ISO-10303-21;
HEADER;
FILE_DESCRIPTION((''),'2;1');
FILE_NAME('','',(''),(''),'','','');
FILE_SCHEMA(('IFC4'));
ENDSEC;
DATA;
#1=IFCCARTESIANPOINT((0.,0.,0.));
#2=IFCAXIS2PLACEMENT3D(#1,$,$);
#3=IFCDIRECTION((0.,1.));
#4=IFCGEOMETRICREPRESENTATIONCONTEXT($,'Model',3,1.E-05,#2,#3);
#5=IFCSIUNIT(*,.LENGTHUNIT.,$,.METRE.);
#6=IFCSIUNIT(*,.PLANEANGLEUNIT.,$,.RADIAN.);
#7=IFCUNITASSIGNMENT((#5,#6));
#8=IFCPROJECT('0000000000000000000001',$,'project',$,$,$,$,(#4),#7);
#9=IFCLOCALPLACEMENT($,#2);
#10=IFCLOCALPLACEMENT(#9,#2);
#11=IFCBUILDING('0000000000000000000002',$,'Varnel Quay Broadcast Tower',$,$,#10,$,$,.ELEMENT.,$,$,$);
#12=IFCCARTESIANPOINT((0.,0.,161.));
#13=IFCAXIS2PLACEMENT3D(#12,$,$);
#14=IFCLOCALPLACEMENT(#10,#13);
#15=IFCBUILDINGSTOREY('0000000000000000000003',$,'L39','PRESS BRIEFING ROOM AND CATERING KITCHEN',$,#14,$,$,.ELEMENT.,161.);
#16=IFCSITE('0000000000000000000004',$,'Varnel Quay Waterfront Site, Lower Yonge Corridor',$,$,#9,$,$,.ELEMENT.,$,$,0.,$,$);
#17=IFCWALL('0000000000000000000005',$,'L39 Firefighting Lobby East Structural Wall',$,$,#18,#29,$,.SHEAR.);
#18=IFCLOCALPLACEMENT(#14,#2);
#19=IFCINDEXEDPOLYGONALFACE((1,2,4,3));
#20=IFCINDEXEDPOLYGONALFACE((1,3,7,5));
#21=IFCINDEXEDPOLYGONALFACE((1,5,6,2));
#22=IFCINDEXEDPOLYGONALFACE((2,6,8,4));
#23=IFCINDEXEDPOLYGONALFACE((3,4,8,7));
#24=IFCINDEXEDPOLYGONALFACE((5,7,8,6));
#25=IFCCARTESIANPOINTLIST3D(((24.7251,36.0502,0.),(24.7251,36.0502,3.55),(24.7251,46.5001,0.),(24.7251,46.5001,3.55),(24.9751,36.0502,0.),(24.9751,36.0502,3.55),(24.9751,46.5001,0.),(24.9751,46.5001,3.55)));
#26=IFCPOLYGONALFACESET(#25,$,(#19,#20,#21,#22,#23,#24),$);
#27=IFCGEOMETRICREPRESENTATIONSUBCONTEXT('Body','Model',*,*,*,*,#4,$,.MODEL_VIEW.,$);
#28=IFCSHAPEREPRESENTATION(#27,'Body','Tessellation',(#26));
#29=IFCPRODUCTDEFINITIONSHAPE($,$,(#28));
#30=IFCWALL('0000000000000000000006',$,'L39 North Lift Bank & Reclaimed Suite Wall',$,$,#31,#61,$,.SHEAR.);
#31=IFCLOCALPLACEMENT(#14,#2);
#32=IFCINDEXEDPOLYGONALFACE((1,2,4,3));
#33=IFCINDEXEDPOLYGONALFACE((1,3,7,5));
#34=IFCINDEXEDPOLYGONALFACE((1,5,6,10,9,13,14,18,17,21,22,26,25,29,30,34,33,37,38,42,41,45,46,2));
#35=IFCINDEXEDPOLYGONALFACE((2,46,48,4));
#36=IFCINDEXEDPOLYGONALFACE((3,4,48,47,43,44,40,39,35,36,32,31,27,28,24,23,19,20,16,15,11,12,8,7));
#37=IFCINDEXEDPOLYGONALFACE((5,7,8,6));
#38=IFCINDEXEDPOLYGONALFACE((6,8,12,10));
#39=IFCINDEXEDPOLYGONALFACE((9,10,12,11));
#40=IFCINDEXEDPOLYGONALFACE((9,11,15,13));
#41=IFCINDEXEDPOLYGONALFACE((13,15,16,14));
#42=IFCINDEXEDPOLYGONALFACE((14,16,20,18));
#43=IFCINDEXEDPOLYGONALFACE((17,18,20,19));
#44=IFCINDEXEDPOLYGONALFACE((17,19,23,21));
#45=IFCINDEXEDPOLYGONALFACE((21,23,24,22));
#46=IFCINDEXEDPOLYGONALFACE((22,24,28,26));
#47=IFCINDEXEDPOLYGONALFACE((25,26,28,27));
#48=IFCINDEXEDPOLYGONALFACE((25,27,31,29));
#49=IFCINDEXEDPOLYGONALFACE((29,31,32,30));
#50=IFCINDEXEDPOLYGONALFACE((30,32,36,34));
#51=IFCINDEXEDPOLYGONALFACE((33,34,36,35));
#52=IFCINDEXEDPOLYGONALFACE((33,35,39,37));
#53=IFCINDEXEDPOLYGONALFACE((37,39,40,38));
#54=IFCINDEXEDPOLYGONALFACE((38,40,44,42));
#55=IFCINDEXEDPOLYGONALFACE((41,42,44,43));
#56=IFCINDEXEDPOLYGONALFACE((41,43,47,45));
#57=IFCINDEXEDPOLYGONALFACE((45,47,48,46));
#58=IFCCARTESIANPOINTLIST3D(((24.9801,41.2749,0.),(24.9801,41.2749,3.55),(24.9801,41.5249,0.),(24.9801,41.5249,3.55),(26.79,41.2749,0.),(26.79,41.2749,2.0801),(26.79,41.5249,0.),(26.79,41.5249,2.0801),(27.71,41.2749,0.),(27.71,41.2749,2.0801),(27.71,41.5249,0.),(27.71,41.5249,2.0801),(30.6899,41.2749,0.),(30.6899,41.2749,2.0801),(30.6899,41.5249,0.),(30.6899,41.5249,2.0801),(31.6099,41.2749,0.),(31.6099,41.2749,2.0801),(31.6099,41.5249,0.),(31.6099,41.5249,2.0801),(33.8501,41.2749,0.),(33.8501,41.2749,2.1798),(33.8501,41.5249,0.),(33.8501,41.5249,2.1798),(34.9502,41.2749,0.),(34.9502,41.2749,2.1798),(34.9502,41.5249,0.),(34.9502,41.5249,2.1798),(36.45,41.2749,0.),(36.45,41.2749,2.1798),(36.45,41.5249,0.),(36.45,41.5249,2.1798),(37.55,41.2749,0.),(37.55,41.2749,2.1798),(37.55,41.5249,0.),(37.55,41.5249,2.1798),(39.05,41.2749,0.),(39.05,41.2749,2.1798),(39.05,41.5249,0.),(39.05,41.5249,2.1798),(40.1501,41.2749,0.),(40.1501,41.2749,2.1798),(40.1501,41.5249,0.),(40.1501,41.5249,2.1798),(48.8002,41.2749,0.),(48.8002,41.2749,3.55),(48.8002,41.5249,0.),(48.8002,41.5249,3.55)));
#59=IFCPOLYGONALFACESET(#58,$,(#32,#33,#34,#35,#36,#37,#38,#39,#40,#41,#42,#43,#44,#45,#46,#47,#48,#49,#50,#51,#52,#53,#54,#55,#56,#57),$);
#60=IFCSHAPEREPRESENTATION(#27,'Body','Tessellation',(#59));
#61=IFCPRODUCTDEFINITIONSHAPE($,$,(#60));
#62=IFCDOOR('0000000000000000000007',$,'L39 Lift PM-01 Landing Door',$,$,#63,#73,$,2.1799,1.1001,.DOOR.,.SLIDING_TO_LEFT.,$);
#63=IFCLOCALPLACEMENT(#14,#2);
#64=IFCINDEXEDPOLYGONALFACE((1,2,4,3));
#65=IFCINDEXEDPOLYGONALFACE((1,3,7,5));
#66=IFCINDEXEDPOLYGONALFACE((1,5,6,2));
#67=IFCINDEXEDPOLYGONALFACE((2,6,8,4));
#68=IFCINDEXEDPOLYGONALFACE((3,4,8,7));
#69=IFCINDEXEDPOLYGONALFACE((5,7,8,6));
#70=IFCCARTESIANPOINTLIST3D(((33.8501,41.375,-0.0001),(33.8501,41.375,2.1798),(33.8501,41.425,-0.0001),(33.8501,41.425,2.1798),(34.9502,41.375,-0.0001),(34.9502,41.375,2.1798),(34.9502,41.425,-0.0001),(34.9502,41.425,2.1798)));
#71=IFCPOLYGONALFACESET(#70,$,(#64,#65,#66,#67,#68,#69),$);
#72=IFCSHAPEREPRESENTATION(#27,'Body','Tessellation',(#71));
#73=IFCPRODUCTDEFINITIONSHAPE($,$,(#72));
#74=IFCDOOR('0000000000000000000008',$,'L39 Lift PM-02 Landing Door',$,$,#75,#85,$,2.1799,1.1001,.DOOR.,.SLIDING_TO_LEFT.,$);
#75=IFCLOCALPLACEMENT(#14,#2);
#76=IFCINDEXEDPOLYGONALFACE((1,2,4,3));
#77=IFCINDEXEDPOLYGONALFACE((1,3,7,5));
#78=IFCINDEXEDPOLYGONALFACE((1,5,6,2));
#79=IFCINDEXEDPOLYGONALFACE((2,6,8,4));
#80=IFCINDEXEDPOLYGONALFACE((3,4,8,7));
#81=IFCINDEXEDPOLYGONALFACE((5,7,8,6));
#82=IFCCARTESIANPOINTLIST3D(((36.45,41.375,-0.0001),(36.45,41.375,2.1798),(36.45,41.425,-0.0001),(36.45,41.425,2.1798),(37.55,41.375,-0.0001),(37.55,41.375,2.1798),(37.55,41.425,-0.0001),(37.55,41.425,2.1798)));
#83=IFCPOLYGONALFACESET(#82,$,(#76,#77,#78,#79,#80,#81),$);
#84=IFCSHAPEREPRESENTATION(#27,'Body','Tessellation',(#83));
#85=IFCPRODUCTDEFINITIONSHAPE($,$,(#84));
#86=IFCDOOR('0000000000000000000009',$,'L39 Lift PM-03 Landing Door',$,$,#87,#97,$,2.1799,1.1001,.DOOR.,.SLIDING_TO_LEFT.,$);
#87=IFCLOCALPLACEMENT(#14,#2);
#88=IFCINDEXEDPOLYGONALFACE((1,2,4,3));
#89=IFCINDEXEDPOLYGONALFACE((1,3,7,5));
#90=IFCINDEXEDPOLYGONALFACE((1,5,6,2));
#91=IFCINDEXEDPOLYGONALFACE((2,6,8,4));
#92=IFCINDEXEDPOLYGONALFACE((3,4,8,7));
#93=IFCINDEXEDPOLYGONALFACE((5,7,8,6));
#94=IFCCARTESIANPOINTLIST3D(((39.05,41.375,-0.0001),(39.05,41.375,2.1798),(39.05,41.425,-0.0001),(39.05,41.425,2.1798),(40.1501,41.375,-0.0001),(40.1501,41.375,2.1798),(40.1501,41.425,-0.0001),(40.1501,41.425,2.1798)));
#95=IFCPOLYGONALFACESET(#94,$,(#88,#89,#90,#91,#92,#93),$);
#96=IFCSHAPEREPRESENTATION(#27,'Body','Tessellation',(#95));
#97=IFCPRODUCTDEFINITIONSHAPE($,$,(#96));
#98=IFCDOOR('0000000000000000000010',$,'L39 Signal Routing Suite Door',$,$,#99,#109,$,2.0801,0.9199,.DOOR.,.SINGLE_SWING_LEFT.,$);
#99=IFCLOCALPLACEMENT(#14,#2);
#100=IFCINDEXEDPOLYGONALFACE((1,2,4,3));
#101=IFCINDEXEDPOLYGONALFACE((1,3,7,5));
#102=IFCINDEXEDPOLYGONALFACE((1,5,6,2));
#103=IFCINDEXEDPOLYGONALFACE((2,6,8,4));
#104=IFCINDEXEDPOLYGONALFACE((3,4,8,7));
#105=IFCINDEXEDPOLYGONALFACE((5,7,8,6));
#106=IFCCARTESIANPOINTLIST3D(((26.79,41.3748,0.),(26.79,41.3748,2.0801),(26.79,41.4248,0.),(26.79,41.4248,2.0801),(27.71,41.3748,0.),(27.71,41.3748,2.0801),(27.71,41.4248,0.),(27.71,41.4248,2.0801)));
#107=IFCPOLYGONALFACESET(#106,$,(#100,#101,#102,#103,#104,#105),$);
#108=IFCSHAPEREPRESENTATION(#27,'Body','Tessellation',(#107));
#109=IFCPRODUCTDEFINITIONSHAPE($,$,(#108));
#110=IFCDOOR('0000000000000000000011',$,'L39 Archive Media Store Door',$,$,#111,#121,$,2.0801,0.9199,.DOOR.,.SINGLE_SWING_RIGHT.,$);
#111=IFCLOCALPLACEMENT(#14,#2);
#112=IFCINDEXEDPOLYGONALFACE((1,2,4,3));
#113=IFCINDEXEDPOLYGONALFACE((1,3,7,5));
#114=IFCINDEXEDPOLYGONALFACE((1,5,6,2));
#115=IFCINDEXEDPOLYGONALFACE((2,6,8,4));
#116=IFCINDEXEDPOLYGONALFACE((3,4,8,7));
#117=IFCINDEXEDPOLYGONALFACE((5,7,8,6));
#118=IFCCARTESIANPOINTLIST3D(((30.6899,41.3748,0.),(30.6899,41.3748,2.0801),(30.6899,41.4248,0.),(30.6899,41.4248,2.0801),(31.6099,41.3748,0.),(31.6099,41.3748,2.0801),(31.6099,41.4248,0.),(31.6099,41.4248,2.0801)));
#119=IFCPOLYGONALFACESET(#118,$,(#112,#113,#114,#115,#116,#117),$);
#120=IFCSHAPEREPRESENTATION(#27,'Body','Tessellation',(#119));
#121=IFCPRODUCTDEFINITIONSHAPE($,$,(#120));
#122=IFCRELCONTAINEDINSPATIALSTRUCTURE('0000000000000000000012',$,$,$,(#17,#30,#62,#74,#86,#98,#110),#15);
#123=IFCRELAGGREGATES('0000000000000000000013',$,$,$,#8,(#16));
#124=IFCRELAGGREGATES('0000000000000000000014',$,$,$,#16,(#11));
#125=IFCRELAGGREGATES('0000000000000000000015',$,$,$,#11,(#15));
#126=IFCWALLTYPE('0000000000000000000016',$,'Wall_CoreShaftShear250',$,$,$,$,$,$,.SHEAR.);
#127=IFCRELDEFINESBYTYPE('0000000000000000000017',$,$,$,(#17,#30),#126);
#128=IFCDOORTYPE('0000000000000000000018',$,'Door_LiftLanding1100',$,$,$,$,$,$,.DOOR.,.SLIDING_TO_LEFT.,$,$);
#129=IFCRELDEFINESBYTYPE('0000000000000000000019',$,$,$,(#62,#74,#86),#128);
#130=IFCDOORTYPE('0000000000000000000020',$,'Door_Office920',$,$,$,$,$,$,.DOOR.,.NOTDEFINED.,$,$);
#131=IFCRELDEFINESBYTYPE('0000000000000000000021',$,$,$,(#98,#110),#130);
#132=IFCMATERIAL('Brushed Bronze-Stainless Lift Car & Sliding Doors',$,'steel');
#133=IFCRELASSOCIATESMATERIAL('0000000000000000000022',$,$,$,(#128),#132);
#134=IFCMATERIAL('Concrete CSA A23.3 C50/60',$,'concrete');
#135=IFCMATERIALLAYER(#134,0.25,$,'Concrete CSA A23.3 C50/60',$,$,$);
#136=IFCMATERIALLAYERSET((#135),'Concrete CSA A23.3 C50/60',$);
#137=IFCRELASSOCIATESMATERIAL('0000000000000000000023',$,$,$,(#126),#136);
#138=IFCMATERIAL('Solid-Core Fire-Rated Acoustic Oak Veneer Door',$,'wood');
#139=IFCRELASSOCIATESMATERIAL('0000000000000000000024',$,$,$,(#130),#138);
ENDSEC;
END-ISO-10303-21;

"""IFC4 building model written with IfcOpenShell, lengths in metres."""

from ifc_helpers import new_model, si_unit, direction, frame, frame_2d, origin, place, context, subcontext, project, spatial, rectangle, extrude, source, transform, mapped, material, layer, layer_set, type_object, type_shapes, element, fill, save


model = new_model("IFC4")

# Units and contexts
model_context = context("Model", 3, precision=1e-05, world=origin(), true_north=direction((0.0, 1.0)))
body_context = subcontext(model_context, "Body", "Model", "MODEL_VIEW")
ifc_project = project(units=[si_unit("LENGTHUNIT", "METRE"), si_unit("PLANEANGLEUNIT", "RADIAN")], contexts=[model_context])

# Site, building, storey
site_placement = place(None, origin())
site = spatial("IfcSite", under=ifc_project, at=site_placement, Name="Varnel Quay Waterfront Site, Lower Yonge Corridor", CompositionType="ELEMENT", RefElevation=0.0)
building_placement = place(site_placement, origin())
building = spatial("IfcBuilding", under=site, at=building_placement, Name="Varnel Quay Broadcast Tower", CompositionType="ELEMENT")
storey_placement = place(building_placement, frame((0.0, 0.0, 161.0)))
storey = spatial("IfcBuildingStorey", under=building, at=storey_placement, Name="L39", Description="PRESS BRIEFING ROOM AND CATERING KITCHEN", CompositionType="ELEMENT", Elevation=161.0)

# Shared definitions
ifc_material_1 = material(Name="Concrete CSA A23.3 C50/60", Category="concrete")
ifc_material_2 = material(Name="Brushed Bronze-Stainless Lift Car & Sliding Doors", Category="steel")
door_type_1 = type_object("IfcDoorType", Name="Door_LiftLanding1100", OperationType="SLIDING_TO_LEFT", PredefinedType="DOOR", material=ifc_material_2)
shared_shape_1 = source(origin(), body_context, "Body", "SweptSolid", [
    extrude(rectangle(XDim=1.1001, YDim=2.1799, at=frame_2d((0.55, 1.0898))), frame((0.0, 0.0249, 0.0), z_axis=(0.0, -1.0, 0.0), x_axis=(1.0, 0.0, 0.0)), (0.0, 0.0, 1.0), 0.05),
])
type_shapes(door_type_1, [shared_shape_1])

# Wall
ifc_layer_1 = layer(ifc_material_1, 0.25, Name="Concrete CSA A23.3 C50/60")
ifc_layer_set_1 = layer_set([ifc_layer_1], Name="Concrete CSA A23.3 C50/60")
wall_type_1 = type_object("IfcWallType", Name="Wall_CoreShaftShear250", PredefinedType="SHEAR", material=ifc_layer_set_1)
wall_1_placement = place(storey_placement, frame((24.8501, 36.05, 0.0), z_axis=(0.0, 0.0, 1.0), x_axis=(0.0, 1.0, 0.0)))
element("IfcWall", 1, at=wall_1_placement, inside=storey, type_object=wall_type_1, Name="L39 Firefighting Lobby East Structural Wall", PredefinedType="SHEAR", context=body_context, shape_type="SweptSolid", body=[
    extrude(rectangle(XDim=10.45, YDim=0.25, at=frame_2d((5.2251, 0.0))), origin(), (0.0, 0.0, 1.0), 3.55),
])

# Wall, openings, doors
wall_2_placement = place(storey_placement, frame((24.98, 41.3999, 0.0), z_axis=(0.0, 0.0, 1.0), x_axis=(1.0, 0.0, 0.0)))
wall_2 = element("IfcWall", 2, at=wall_2_placement, inside=storey, type_object=wall_type_1, Name="L39 North Lift Bank & Reclaimed Suite Wall", PredefinedType="SHEAR", context=body_context, shape_type="SweptSolid", body=[
    extrude(rectangle(XDim=23.8201, YDim=0.25, at=frame_2d((11.9102, 0.0))), origin(), (0.0, 0.0, 1.0), 3.55),
])
opening_1_placement = place(wall_2_placement, frame((8.8701, 0.0, 0.0)))
opening_1 = element("IfcOpeningElement", 3, at=opening_1_placement, cuts=wall_2, PredefinedType="OPENING", context=body_context, shape_type="SweptSolid", body=[
    extrude(rectangle(XDim=1.1001, YDim=2.1799, at=frame_2d((0.55, 1.0898))), frame((0.0, 0.135, 0.0), z_axis=(0.0, -1.0, 0.0), x_axis=(1.0, 0.0, 0.0)), (0.0, 0.0, 1.0), 0.27),
])
opening_2_placement = place(wall_2_placement, frame((11.47, 0.0, 0.0)))
opening_2 = element("IfcOpeningElement", 4, at=opening_2_placement, cuts=wall_2, PredefinedType="OPENING", context=body_context, shape_type="SweptSolid", body=[
    extrude(rectangle(XDim=1.1001, YDim=2.1799, at=frame_2d((0.55, 1.0898))), frame((0.0, 0.135, 0.0), z_axis=(0.0, -1.0, 0.0), x_axis=(1.0, 0.0, 0.0)), (0.0, 0.0, 1.0), 0.27),
])
opening_3_placement = place(wall_2_placement, frame((14.0701, 0.0, 0.0)))
opening_3 = element("IfcOpeningElement", 5, at=opening_3_placement, cuts=wall_2, PredefinedType="OPENING", context=body_context, shape_type="SweptSolid", body=[
    extrude(rectangle(XDim=1.1001, YDim=2.1799, at=frame_2d((0.55, 1.0898))), frame((0.0, 0.135, 0.0), z_axis=(0.0, -1.0, 0.0), x_axis=(1.0, 0.0, 0.0)), (0.0, 0.0, 1.0), 0.27),
])
opening_4_placement = place(wall_2_placement, frame((1.8101, 0.0, 0.0)))
opening_4 = element("IfcOpeningElement", 6, at=opening_4_placement, cuts=wall_2, PredefinedType="OPENING", context=body_context, shape_type="SweptSolid", body=[
    extrude(rectangle(XDim=0.9199, YDim=2.0801, at=frame_2d((0.46, 1.04))), frame((0.0, 0.135, 0.0), z_axis=(0.0, -1.0, 0.0), x_axis=(1.0, 0.0, 0.0)), (0.0, 0.0, 1.0), 0.27),
])
opening_5_placement = place(wall_2_placement, frame((5.71, 0.0, 0.0)))
opening_5 = element("IfcOpeningElement", 7, at=opening_5_placement, cuts=wall_2, PredefinedType="OPENING", context=body_context, shape_type="SweptSolid", body=[
    extrude(rectangle(XDim=0.9199, YDim=2.0801, at=frame_2d((0.46, 1.04))), frame((0.0, 0.135, 0.0), z_axis=(0.0, -1.0, 0.0), x_axis=(1.0, 0.0, 0.0)), (0.0, 0.0, 1.0), 0.27),
])
door_1_placement = place(opening_1_placement, frame((1.1001, 0.0, 0.0), z_axis=(0.0, 0.0, 1.0), x_axis=(-1.0, 0.0, 0.0)))
door_1 = element("IfcDoor", 8, at=door_1_placement, inside=storey, type_object=door_type_1, Name="L39 Lift PM-01 Landing Door", OperationType="SLIDING_TO_LEFT", OverallHeight=2.1799, OverallWidth=1.1001, PredefinedType="DOOR", context=body_context, shape_type="MappedRepresentation", body=[
    mapped(shared_shape_1, transform((0.0, 0.0, 0.0), x_axis=(1.0, 0.0, 0.0), y_axis=(0.0, 1.0, 0.0), z_axis=(0.0, 0.0, 1.0), scale=1.0)),
])
fill(opening_1, door_1)
door_2_placement = place(opening_2_placement, frame((1.1001, 0.0, 0.0), z_axis=(0.0, 0.0, 1.0), x_axis=(-1.0, 0.0, 0.0)))
door_2 = element("IfcDoor", 9, at=door_2_placement, inside=storey, type_object=door_type_1, Name="L39 Lift PM-02 Landing Door", OperationType="SLIDING_TO_LEFT", OverallHeight=2.1799, OverallWidth=1.1001, PredefinedType="DOOR", context=body_context, shape_type="MappedRepresentation", body=[
    mapped(shared_shape_1, transform((0.0, 0.0, 0.0), x_axis=(1.0, 0.0, 0.0), y_axis=(0.0, 1.0, 0.0), z_axis=(0.0, 0.0, 1.0), scale=1.0)),
])
fill(opening_2, door_2)
door_3_placement = place(opening_3_placement, frame((1.1001, 0.0, 0.0), z_axis=(0.0, 0.0, 1.0), x_axis=(-1.0, 0.0, 0.0)))
door_3 = element("IfcDoor", 10, at=door_3_placement, inside=storey, type_object=door_type_1, Name="L39 Lift PM-03 Landing Door", OperationType="SLIDING_TO_LEFT", OverallHeight=2.1799, OverallWidth=1.1001, PredefinedType="DOOR", context=body_context, shape_type="MappedRepresentation", body=[
    mapped(shared_shape_1, transform((0.0, 0.0, 0.0), x_axis=(1.0, 0.0, 0.0), y_axis=(0.0, 1.0, 0.0), z_axis=(0.0, 0.0, 1.0), scale=1.0)),
])
fill(opening_3, door_3)
ifc_material_3 = material(Name="Solid-Core Fire-Rated Acoustic Oak Veneer Door", Category="wood")
door_type_2 = type_object("IfcDoorType", Name="Door_Office920", OperationType="NOTDEFINED", PredefinedType="DOOR", material=ifc_material_3)
shared_shape_2 = source(origin(), body_context, "Body", "SweptSolid", [
    extrude(rectangle(XDim=0.9199, YDim=2.0801, at=frame_2d((0.46, 1.04))), frame((0.0, 0.0249, 0.0), z_axis=(0.0, -1.0, 0.0), x_axis=(1.0, 0.0, 0.0)), (0.0, 0.0, 1.0), 0.05),
])
type_shapes(door_type_2, [shared_shape_2])
door_4_placement = place(opening_4_placement, origin())
door_4 = element("IfcDoor", 11, at=door_4_placement, inside=storey, type_object=door_type_2, Name="L39 Signal Routing Suite Door", OperationType="SINGLE_SWING_LEFT", OverallHeight=2.0801, OverallWidth=0.9199, PredefinedType="DOOR", context=body_context, shape_type="MappedRepresentation", body=[
    mapped(shared_shape_2, transform((0.0, 0.0, 0.0), x_axis=(1.0, 0.0, 0.0), y_axis=(0.0, 1.0, 0.0), z_axis=(0.0, 0.0, 1.0), scale=1.0)),
])
fill(opening_4, door_4)
door_5_placement = place(opening_5_placement, origin())
door_5 = element("IfcDoor", 12, at=door_5_placement, inside=storey, type_object=door_type_2, Name="L39 Archive Media Store Door", OperationType="SINGLE_SWING_RIGHT", OverallHeight=2.0801, OverallWidth=0.9199, PredefinedType="DOOR", context=body_context, shape_type="MappedRepresentation", body=[
    mapped(shared_shape_2, transform((0.0, 0.0, 0.0), x_axis=(1.0, 0.0, 0.0), y_axis=(0.0, 1.0, 0.0), z_axis=(0.0, 0.0, 1.0), scale=1.0)),
])
fill(opening_5, door_5)

save(model, "model.ifc")
